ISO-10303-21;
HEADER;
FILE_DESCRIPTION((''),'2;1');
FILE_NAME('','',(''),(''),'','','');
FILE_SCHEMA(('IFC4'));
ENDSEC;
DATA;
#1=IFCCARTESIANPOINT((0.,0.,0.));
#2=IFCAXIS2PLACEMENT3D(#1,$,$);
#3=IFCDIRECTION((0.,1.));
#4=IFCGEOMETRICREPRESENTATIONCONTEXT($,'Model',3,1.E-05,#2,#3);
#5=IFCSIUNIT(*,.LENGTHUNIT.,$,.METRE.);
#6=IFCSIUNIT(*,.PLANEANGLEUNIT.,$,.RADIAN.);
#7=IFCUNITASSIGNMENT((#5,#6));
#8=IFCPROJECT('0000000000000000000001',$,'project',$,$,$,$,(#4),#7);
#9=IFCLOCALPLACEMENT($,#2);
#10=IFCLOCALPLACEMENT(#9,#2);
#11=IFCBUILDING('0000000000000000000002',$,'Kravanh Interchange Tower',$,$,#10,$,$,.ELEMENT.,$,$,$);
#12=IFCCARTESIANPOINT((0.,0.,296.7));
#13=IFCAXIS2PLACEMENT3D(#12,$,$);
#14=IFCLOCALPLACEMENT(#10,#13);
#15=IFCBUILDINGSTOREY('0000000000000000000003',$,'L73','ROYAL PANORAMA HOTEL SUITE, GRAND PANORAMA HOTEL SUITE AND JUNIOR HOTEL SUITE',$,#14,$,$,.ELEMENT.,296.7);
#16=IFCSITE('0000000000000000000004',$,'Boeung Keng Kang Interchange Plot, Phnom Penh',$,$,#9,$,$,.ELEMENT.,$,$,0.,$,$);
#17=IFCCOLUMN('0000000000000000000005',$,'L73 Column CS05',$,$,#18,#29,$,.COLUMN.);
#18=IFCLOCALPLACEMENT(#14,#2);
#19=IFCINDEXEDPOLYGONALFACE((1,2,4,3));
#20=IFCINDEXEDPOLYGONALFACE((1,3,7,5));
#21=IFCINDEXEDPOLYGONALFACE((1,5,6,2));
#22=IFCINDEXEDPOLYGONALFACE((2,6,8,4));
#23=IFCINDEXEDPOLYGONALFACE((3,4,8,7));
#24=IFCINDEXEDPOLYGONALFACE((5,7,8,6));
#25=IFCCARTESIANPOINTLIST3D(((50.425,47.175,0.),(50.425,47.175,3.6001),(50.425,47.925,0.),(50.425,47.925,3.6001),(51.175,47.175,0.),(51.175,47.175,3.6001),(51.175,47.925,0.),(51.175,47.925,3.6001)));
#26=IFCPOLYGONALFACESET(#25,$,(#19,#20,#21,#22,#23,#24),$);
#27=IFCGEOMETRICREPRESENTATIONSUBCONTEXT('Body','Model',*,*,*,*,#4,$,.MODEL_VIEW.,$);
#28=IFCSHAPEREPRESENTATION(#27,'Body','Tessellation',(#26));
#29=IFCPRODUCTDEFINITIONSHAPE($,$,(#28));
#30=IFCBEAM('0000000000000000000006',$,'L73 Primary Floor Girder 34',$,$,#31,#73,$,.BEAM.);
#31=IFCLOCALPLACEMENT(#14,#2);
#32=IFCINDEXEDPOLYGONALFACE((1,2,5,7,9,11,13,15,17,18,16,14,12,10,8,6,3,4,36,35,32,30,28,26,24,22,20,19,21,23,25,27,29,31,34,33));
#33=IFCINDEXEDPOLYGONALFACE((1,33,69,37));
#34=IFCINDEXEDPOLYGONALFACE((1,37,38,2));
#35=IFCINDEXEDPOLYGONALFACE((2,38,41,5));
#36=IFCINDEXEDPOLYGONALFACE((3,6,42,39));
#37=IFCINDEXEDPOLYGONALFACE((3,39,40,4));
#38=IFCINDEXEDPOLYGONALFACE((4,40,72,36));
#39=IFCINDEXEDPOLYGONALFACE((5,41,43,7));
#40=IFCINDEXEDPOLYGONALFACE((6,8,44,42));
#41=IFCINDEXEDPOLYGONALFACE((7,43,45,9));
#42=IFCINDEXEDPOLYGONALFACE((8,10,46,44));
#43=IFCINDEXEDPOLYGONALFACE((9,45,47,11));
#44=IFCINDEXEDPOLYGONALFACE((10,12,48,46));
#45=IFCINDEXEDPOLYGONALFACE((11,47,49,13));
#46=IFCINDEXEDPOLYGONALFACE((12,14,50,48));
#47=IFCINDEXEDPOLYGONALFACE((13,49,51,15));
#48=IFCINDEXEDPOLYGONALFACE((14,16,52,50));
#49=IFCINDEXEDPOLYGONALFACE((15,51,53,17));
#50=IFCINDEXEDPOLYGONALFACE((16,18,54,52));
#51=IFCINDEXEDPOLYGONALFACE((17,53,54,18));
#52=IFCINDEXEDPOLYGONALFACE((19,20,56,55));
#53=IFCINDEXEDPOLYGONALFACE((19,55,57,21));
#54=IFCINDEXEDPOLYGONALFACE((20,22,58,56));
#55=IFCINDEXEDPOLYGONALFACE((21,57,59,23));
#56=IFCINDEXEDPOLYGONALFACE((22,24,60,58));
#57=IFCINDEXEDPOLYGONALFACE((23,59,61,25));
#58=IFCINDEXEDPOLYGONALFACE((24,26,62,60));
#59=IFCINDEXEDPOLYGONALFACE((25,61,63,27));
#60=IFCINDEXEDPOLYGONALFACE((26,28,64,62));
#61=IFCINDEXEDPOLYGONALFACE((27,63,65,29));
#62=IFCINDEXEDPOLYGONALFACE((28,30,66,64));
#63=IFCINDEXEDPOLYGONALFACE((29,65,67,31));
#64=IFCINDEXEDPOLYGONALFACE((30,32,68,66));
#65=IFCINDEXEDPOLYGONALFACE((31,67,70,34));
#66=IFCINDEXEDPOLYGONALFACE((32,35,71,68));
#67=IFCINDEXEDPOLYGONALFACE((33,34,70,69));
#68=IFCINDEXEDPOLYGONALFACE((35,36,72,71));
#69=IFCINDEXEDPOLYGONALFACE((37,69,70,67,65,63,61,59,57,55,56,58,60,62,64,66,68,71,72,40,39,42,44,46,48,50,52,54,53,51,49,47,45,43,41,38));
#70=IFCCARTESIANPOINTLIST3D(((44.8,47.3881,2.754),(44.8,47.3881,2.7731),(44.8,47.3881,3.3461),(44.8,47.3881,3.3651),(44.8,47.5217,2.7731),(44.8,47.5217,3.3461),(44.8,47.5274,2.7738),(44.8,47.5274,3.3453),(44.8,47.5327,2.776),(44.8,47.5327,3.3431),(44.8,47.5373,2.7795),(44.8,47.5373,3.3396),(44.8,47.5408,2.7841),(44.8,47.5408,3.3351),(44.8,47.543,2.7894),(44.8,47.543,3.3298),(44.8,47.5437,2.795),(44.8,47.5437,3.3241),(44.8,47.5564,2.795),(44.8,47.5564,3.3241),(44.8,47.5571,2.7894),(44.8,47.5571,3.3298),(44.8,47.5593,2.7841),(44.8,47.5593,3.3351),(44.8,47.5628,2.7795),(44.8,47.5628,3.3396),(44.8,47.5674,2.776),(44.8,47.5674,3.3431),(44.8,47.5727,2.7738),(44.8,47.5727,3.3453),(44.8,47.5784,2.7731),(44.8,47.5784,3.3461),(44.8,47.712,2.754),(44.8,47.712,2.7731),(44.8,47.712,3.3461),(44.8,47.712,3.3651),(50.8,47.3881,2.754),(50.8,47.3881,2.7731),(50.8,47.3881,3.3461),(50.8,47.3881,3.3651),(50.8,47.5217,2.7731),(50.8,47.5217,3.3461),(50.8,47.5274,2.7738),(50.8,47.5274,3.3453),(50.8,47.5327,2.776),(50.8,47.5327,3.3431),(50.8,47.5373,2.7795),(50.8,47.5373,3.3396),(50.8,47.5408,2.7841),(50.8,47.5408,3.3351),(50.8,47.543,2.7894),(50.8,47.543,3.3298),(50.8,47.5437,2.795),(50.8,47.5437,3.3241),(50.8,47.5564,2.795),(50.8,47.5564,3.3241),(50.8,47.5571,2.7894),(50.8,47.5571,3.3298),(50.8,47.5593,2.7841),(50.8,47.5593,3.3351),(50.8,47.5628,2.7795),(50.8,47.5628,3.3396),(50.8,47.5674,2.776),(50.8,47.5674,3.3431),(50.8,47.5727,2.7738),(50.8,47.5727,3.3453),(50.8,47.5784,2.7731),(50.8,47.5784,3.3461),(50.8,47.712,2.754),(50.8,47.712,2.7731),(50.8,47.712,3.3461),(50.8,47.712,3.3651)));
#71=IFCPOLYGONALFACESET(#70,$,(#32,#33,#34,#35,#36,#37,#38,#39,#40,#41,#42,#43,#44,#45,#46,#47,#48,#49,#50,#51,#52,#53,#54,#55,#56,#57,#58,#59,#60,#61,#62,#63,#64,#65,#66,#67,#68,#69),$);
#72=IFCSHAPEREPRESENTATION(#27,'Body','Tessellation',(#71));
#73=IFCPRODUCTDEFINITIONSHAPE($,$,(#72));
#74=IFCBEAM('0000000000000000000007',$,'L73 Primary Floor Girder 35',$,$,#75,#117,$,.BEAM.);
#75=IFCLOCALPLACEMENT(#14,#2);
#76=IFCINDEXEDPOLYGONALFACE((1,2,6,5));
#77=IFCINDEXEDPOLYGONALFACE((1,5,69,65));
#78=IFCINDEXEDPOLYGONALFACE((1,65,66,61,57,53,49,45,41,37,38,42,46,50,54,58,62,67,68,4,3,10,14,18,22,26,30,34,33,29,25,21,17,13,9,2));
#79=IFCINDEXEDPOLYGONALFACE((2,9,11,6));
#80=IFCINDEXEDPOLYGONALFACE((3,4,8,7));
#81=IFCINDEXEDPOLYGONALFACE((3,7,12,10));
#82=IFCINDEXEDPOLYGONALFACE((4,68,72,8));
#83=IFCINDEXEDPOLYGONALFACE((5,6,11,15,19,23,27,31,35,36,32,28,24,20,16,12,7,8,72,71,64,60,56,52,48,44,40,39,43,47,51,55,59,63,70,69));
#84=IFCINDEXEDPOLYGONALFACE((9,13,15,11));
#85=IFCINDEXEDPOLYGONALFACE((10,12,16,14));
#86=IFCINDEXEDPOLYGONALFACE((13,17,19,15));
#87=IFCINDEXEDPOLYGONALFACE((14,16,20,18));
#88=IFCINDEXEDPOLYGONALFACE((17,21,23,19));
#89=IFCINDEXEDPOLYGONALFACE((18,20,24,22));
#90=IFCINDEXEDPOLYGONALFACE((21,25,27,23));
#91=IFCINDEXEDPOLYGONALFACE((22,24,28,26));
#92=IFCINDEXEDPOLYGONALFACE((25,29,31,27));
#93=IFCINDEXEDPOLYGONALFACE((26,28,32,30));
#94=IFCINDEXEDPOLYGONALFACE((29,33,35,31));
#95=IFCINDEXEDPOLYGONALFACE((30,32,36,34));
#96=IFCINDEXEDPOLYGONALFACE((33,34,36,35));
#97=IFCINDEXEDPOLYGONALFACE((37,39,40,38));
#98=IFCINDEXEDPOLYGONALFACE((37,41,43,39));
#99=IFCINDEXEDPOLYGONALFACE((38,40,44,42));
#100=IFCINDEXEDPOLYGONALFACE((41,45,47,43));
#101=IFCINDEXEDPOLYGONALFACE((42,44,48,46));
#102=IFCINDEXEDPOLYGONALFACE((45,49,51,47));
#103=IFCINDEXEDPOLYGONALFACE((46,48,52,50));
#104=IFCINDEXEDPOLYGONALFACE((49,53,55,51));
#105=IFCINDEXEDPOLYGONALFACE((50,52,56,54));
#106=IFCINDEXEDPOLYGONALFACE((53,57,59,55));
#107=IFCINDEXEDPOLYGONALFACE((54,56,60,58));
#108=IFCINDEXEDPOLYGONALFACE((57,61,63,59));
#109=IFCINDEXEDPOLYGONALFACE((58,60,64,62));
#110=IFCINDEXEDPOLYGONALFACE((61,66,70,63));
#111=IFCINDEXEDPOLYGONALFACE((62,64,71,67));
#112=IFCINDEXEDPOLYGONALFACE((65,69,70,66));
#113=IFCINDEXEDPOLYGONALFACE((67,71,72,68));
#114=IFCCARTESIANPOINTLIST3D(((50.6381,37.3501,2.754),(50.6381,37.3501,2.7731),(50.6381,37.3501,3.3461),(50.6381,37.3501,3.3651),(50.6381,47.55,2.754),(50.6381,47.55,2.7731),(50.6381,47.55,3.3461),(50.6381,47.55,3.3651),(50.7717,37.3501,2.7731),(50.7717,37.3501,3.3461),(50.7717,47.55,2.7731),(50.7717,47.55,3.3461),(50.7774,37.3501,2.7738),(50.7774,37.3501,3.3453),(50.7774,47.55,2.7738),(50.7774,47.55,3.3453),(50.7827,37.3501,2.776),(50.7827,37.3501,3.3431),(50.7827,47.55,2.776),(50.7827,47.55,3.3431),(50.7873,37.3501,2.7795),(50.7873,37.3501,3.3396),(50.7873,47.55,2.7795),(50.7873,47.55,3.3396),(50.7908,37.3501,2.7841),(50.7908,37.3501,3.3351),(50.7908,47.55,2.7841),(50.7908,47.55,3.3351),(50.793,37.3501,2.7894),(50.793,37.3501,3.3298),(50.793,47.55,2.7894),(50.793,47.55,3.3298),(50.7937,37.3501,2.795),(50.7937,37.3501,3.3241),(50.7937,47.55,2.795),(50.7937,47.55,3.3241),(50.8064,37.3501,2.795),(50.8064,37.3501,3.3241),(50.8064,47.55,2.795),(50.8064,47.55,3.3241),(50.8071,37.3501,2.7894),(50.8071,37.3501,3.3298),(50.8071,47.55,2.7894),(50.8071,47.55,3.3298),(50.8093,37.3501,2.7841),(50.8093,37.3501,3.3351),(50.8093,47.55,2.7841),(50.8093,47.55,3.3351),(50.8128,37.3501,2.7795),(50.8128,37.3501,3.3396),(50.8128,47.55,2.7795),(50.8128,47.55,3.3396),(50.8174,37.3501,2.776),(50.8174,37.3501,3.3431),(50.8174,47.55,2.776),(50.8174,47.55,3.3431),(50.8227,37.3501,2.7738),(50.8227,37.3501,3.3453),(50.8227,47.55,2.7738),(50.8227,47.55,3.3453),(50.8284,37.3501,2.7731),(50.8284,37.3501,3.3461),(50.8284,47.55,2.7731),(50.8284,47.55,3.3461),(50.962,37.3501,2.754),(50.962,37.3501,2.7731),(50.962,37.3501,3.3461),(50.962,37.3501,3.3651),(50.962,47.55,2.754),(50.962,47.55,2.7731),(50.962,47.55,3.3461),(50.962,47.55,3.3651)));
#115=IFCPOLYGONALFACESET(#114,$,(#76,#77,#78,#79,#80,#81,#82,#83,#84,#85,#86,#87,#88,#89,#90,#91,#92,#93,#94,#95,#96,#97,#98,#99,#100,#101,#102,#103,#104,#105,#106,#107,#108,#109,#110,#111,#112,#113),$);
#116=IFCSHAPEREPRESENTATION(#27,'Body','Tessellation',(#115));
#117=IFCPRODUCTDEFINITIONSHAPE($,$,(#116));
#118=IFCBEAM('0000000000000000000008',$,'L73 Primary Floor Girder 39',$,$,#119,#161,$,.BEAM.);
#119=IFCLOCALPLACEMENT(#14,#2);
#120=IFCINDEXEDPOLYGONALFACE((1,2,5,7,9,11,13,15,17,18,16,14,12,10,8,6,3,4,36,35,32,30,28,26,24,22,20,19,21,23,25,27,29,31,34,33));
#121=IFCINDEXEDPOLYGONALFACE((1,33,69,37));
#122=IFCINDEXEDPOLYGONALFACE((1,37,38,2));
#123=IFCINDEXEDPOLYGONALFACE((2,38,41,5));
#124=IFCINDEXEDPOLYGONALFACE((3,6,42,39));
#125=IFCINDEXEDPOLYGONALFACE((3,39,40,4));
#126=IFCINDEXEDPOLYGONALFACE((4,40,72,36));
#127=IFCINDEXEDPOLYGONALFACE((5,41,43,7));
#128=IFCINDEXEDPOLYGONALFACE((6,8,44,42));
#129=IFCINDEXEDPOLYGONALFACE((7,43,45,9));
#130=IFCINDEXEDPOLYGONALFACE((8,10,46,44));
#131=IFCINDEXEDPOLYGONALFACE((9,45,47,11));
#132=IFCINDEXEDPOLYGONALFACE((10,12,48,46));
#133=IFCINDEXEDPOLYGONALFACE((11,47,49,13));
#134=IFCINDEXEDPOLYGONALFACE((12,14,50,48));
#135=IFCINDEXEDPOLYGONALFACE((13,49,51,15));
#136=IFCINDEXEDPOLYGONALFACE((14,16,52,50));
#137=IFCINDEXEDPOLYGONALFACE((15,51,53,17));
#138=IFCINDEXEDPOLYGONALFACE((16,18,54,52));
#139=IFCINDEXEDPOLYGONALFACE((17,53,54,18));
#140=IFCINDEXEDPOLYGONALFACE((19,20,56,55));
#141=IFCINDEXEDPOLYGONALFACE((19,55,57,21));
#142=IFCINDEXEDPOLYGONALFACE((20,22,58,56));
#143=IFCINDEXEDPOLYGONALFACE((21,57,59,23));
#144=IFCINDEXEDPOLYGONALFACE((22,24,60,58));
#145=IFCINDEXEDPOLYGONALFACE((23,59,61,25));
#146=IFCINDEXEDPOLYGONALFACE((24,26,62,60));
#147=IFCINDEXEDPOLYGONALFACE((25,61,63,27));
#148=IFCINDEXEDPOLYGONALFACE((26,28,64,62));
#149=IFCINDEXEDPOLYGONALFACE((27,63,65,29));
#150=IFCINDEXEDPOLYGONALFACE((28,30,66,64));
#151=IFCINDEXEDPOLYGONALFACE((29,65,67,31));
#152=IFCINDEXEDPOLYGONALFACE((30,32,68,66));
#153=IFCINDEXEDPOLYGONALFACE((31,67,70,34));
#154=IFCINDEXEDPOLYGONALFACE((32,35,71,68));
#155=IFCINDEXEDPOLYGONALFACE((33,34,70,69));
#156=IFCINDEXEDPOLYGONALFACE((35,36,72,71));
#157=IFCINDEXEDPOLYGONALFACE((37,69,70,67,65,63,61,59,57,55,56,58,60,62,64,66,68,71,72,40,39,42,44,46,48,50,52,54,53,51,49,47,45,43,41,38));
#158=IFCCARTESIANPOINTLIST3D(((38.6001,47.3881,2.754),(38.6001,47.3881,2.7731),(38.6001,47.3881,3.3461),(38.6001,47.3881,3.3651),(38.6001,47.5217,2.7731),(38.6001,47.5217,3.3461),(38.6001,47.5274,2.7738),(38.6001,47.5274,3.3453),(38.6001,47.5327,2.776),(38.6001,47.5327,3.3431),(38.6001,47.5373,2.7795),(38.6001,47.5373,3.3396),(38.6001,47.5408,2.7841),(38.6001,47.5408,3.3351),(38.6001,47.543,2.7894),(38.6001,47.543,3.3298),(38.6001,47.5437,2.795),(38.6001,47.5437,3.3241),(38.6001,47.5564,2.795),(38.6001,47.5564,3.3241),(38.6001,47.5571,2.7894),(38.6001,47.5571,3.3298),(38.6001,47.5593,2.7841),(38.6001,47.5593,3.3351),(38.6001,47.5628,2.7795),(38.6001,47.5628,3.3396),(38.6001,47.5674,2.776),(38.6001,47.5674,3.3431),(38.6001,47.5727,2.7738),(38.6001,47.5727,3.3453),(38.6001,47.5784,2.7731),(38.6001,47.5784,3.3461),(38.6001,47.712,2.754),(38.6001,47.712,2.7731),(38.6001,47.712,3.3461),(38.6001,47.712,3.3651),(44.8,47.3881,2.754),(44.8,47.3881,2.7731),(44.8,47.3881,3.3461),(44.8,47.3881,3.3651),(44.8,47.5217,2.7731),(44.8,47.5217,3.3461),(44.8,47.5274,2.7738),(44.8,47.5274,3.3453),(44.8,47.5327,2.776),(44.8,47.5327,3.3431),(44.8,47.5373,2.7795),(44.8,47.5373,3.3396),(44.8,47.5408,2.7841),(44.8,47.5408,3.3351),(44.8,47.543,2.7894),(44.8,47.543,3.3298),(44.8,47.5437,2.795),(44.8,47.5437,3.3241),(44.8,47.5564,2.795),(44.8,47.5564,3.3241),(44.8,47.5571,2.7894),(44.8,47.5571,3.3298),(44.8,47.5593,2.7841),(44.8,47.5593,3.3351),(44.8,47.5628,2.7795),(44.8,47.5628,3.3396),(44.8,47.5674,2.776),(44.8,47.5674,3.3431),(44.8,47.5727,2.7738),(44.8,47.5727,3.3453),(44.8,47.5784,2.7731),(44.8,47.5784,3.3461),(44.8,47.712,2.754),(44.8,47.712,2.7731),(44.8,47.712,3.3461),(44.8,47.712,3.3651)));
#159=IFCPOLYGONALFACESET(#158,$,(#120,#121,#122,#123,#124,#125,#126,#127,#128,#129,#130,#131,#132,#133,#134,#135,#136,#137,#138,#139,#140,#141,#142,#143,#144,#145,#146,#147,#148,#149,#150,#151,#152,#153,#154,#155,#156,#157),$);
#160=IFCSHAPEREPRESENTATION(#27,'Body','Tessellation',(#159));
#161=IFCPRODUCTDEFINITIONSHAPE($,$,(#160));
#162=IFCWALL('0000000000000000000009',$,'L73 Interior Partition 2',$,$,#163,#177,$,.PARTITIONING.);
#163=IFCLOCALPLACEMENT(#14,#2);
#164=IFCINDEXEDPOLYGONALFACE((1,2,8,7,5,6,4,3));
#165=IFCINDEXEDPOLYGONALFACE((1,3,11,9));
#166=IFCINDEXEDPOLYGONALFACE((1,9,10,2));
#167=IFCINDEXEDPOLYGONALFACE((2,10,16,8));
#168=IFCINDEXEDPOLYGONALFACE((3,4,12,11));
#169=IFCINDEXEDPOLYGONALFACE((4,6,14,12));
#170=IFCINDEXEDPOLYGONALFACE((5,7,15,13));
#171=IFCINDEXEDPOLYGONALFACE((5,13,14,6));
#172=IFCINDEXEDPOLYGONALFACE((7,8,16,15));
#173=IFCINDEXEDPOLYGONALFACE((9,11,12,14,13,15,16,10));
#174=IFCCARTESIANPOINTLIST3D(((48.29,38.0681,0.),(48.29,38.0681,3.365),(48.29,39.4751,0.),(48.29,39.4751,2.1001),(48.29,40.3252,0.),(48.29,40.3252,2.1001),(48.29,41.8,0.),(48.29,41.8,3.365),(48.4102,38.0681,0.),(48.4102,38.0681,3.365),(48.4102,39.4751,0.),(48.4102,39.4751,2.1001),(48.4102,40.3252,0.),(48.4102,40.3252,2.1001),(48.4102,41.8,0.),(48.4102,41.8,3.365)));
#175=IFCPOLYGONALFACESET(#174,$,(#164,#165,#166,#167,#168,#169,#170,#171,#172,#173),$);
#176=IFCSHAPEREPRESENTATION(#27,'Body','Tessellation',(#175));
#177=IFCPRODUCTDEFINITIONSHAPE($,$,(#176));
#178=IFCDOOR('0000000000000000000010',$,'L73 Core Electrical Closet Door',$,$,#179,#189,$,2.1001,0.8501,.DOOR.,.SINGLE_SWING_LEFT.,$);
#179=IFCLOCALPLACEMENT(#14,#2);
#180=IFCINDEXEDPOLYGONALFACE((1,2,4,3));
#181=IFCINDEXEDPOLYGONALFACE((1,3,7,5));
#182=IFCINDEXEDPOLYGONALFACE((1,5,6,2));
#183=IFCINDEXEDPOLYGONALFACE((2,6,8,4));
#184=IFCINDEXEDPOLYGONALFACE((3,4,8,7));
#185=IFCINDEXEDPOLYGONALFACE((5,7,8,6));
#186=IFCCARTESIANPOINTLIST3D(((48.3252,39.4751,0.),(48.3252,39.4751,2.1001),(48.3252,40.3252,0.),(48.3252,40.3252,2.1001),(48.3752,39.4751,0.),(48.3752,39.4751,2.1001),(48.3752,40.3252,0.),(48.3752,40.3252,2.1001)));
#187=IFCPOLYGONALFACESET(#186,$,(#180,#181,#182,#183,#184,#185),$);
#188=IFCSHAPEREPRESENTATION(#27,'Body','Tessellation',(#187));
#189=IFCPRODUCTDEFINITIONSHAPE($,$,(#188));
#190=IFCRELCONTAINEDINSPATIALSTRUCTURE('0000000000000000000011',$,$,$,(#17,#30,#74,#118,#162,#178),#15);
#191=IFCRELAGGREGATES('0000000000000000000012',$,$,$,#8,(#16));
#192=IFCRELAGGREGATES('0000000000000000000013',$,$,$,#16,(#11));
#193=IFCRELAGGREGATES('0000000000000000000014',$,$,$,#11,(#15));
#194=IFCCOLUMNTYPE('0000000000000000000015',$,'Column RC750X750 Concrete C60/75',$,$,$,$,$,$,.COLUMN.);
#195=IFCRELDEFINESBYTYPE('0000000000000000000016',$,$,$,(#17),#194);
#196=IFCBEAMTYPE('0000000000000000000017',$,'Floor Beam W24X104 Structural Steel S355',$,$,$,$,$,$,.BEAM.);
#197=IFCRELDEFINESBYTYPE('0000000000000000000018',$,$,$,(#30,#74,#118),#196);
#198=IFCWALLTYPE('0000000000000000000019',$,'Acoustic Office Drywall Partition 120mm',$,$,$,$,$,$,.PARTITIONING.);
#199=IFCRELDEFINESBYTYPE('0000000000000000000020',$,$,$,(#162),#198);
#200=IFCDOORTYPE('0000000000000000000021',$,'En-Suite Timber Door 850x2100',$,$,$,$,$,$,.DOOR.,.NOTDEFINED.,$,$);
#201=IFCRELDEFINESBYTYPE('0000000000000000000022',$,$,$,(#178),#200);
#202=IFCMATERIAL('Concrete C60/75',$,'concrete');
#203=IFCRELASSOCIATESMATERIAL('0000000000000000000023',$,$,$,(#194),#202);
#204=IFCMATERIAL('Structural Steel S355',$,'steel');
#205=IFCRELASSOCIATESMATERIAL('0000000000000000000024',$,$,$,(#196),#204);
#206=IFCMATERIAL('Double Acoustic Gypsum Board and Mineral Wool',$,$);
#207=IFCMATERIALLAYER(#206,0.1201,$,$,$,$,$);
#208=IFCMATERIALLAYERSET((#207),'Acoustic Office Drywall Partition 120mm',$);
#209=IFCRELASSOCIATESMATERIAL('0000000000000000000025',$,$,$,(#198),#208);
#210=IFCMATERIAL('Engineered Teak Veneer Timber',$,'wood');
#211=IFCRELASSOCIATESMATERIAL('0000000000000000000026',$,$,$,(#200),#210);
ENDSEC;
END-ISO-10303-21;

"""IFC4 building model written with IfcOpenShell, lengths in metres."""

from ifc_helpers import new_model, si_unit, direction, frame, frame_2d, origin, origin_2d, place, context, subcontext, project, spatial, rectangle, i_section, extrude, material, layer, layer_set, material_profile, profile_set, type_object, element, fill, save


model = new_model("IFC4")

# Units and contexts
model_context = context("Model", 3, precision=1e-05, world=origin(), true_north=direction((0.0, 1.0)))
body_context = subcontext(model_context, "Body", "Model", "MODEL_VIEW")
ifc_project = project(units=[si_unit("LENGTHUNIT", "METRE"), si_unit("PLANEANGLEUNIT", "RADIAN")], contexts=[model_context])

# Site, building, storey
site_placement = place(None, origin())
site = spatial("IfcSite", under=ifc_project, at=site_placement, Name="Boeung Keng Kang Interchange Plot, Phnom Penh", CompositionType="ELEMENT", RefElevation=0.0)
building_placement = place(site_placement, origin())
building = spatial("IfcBuilding", under=site, at=building_placement, Name="Kravanh Interchange Tower", CompositionType="ELEMENT")
storey_placement = place(building_placement, frame((0.0, 0.0, 296.7)))
storey = spatial("IfcBuildingStorey", under=building, at=storey_placement, Name="L73", Description="ROYAL PANORAMA HOTEL SUITE, GRAND PANORAMA HOTEL SUITE AND JUNIOR HOTEL SUITE", CompositionType="ELEMENT", Elevation=296.7)

# Column
ifc_material_1 = material(Name="Concrete C60/75", Category="concrete")
ifc_material_profile_1 = material_profile(ifc_material_1, rectangle(XDim=0.75, YDim=0.75, at=origin_2d()), Name="RC750X750")
ifc_profile_set_1 = profile_set([ifc_material_profile_1], Name="Concrete C60/75")
column_type = type_object("IfcColumnType", Name="Column RC750X750 Concrete C60/75", PredefinedType="COLUMN", material=ifc_profile_set_1)
column_placement = place(storey_placement, frame((50.8, 47.55, 0.0), z_axis=(0.0, 0.0, 1.0), x_axis=(1.0, 0.0, 0.0)))
element("IfcColumn", 1, at=column_placement, inside=storey, type_object=column_type, Name="L73 Column CS05", PredefinedType="COLUMN", context=body_context, shape_type="SweptSolid", body=[
    extrude(rectangle(XDim=0.75, YDim=0.75, at=origin_2d()), origin(), (0.0, 0.0, 1.0), 3.6001),
])

# Beams
ifc_material_2 = material(Name="Structural Steel S355", Category="steel")
ifc_material_profile_2 = material_profile(ifc_material_2, i_section(OverallWidth=0.324, OverallDepth=0.6111, WebThickness=0.0127, FlangeThickness=0.019, FilletRadius=0.022, at=origin_2d()), Name="W24X104")
ifc_profile_set_2 = profile_set([ifc_material_profile_2], Name="Structural Steel S355")
beam_type = type_object("IfcBeamType", Name="Floor Beam W24X104 Structural Steel S355", PredefinedType="BEAM", material=ifc_profile_set_2)
beam_1_placement = place(storey_placement, frame((50.8, 47.55, 3.0596), z_axis=(-1.0, 0.0, 0.0), x_axis=(0.0, -1.0, 0.0)))
element("IfcBeam", 2, at=beam_1_placement, inside=storey, type_object=beam_type, Name="L73 Primary Floor Girder 34", PredefinedType="BEAM", context=body_context, shape_type="SweptSolid", body=[
    extrude(i_section(OverallWidth=0.324, OverallDepth=0.6111, WebThickness=0.0127, FlangeThickness=0.019, FilletRadius=0.022, at=origin_2d()), origin(), (0.0, 0.0, 1.0), 6.0),
])
beam_2_placement = place(storey_placement, frame((50.8, 47.55, 3.0596), z_axis=(0.0, -1.0, 0.0), x_axis=(1.0, 0.0, 0.0)))
element("IfcBeam", 3, at=beam_2_placement, inside=storey, type_object=beam_type, Name="L73 Primary Floor Girder 35", PredefinedType="BEAM", context=body_context, shape_type="SweptSolid", body=[
    extrude(i_section(OverallWidth=0.324, OverallDepth=0.6111, WebThickness=0.0127, FlangeThickness=0.019, FilletRadius=0.022, at=origin_2d()), origin(), (0.0, 0.0, 1.0), 10.2),
])
beam_3_placement = place(storey_placement, frame((44.8, 47.55, 3.0596), z_axis=(-1.0, 0.0, 0.0), x_axis=(0.0, -1.0, 0.0)))
element("IfcBeam", 4, at=beam_3_placement, inside=storey, type_object=beam_type, Name="L73 Primary Floor Girder 39", PredefinedType="BEAM", context=body_context, shape_type="SweptSolid", body=[
    extrude(i_section(OverallWidth=0.324, OverallDepth=0.6111, WebThickness=0.0127, FlangeThickness=0.019, FilletRadius=0.022, at=origin_2d()), origin(), (0.0, 0.0, 1.0), 6.2),
])

# Wall, opening, door
ifc_material_3 = material(Name="Double Acoustic Gypsum Board and Mineral Wool")
ifc_layer_1 = layer(ifc_material_3, 0.1201)
ifc_layer_set_1 = layer_set([ifc_layer_1], Name="Acoustic Office Drywall Partition 120mm")
wall_type_1 = type_object("IfcWallType", Name="Acoustic Office Drywall Partition 120mm", PredefinedType="PARTITIONING", material=ifc_layer_set_1)
wall_1_placement = place(storey_placement, frame((48.3501, 38.0681, 0.0), z_axis=(0.0, 0.0, 1.0), x_axis=(0.0, 1.0, 0.0)))
wall_1 = element("IfcWall", 5, at=wall_1_placement, inside=storey, type_object=wall_type_1, Name="L73 Interior Partition 2", PredefinedType="PARTITIONING", context=body_context, shape_type="SweptSolid", body=[
    extrude(rectangle(XDim=3.7319, YDim=0.1201, at=frame_2d((1.866, 0.0))), origin(), (0.0, 0.0, 1.0), 3.365),
])
opening_1_placement = place(wall_1_placement, frame((1.407, 0.0, 0.0)))
opening_1 = element("IfcOpeningElement", 6, at=opening_1_placement, cuts=wall_1, PredefinedType="OPENING", context=body_context, shape_type="SweptSolid", body=[
    extrude(rectangle(XDim=0.8501, YDim=2.1001, at=frame_2d((0.425, 1.05))), frame((0.0, 0.0701, 0.0), z_axis=(0.0, -1.0, 0.0), x_axis=(1.0, 0.0, 0.0)), (0.0, 0.0, 1.0), 0.1401),
])
ifc_material_4 = material(Name="Engineered Teak Veneer Timber", Category="wood")
door_type_1 = type_object("IfcDoorType", Name="En-Suite Timber Door 850x2100", OperationType="NOTDEFINED", PredefinedType="DOOR", material=ifc_material_4)
door_1_placement = place(opening_1_placement, origin())
door_1 = element("IfcDoor", 7, at=door_1_placement, inside=storey, type_object=door_type_1, Name="L73 Core Electrical Closet Door", OperationType="SINGLE_SWING_LEFT", OverallHeight=2.1001, OverallWidth=0.8501, PredefinedType="DOOR", context=body_context, shape_type="SweptSolid", body=[
    extrude(rectangle(XDim=0.8501, YDim=2.1001, at=frame_2d((0.425, 1.05))), frame((0.0, 0.0249, 0.0), z_axis=(0.0, -1.0, 0.0), x_axis=(1.0, 0.0, 0.0)), (0.0, 0.0, 1.0), 0.05),
])
fill(opening_1, door_1)

save(model, "model.ifc")
